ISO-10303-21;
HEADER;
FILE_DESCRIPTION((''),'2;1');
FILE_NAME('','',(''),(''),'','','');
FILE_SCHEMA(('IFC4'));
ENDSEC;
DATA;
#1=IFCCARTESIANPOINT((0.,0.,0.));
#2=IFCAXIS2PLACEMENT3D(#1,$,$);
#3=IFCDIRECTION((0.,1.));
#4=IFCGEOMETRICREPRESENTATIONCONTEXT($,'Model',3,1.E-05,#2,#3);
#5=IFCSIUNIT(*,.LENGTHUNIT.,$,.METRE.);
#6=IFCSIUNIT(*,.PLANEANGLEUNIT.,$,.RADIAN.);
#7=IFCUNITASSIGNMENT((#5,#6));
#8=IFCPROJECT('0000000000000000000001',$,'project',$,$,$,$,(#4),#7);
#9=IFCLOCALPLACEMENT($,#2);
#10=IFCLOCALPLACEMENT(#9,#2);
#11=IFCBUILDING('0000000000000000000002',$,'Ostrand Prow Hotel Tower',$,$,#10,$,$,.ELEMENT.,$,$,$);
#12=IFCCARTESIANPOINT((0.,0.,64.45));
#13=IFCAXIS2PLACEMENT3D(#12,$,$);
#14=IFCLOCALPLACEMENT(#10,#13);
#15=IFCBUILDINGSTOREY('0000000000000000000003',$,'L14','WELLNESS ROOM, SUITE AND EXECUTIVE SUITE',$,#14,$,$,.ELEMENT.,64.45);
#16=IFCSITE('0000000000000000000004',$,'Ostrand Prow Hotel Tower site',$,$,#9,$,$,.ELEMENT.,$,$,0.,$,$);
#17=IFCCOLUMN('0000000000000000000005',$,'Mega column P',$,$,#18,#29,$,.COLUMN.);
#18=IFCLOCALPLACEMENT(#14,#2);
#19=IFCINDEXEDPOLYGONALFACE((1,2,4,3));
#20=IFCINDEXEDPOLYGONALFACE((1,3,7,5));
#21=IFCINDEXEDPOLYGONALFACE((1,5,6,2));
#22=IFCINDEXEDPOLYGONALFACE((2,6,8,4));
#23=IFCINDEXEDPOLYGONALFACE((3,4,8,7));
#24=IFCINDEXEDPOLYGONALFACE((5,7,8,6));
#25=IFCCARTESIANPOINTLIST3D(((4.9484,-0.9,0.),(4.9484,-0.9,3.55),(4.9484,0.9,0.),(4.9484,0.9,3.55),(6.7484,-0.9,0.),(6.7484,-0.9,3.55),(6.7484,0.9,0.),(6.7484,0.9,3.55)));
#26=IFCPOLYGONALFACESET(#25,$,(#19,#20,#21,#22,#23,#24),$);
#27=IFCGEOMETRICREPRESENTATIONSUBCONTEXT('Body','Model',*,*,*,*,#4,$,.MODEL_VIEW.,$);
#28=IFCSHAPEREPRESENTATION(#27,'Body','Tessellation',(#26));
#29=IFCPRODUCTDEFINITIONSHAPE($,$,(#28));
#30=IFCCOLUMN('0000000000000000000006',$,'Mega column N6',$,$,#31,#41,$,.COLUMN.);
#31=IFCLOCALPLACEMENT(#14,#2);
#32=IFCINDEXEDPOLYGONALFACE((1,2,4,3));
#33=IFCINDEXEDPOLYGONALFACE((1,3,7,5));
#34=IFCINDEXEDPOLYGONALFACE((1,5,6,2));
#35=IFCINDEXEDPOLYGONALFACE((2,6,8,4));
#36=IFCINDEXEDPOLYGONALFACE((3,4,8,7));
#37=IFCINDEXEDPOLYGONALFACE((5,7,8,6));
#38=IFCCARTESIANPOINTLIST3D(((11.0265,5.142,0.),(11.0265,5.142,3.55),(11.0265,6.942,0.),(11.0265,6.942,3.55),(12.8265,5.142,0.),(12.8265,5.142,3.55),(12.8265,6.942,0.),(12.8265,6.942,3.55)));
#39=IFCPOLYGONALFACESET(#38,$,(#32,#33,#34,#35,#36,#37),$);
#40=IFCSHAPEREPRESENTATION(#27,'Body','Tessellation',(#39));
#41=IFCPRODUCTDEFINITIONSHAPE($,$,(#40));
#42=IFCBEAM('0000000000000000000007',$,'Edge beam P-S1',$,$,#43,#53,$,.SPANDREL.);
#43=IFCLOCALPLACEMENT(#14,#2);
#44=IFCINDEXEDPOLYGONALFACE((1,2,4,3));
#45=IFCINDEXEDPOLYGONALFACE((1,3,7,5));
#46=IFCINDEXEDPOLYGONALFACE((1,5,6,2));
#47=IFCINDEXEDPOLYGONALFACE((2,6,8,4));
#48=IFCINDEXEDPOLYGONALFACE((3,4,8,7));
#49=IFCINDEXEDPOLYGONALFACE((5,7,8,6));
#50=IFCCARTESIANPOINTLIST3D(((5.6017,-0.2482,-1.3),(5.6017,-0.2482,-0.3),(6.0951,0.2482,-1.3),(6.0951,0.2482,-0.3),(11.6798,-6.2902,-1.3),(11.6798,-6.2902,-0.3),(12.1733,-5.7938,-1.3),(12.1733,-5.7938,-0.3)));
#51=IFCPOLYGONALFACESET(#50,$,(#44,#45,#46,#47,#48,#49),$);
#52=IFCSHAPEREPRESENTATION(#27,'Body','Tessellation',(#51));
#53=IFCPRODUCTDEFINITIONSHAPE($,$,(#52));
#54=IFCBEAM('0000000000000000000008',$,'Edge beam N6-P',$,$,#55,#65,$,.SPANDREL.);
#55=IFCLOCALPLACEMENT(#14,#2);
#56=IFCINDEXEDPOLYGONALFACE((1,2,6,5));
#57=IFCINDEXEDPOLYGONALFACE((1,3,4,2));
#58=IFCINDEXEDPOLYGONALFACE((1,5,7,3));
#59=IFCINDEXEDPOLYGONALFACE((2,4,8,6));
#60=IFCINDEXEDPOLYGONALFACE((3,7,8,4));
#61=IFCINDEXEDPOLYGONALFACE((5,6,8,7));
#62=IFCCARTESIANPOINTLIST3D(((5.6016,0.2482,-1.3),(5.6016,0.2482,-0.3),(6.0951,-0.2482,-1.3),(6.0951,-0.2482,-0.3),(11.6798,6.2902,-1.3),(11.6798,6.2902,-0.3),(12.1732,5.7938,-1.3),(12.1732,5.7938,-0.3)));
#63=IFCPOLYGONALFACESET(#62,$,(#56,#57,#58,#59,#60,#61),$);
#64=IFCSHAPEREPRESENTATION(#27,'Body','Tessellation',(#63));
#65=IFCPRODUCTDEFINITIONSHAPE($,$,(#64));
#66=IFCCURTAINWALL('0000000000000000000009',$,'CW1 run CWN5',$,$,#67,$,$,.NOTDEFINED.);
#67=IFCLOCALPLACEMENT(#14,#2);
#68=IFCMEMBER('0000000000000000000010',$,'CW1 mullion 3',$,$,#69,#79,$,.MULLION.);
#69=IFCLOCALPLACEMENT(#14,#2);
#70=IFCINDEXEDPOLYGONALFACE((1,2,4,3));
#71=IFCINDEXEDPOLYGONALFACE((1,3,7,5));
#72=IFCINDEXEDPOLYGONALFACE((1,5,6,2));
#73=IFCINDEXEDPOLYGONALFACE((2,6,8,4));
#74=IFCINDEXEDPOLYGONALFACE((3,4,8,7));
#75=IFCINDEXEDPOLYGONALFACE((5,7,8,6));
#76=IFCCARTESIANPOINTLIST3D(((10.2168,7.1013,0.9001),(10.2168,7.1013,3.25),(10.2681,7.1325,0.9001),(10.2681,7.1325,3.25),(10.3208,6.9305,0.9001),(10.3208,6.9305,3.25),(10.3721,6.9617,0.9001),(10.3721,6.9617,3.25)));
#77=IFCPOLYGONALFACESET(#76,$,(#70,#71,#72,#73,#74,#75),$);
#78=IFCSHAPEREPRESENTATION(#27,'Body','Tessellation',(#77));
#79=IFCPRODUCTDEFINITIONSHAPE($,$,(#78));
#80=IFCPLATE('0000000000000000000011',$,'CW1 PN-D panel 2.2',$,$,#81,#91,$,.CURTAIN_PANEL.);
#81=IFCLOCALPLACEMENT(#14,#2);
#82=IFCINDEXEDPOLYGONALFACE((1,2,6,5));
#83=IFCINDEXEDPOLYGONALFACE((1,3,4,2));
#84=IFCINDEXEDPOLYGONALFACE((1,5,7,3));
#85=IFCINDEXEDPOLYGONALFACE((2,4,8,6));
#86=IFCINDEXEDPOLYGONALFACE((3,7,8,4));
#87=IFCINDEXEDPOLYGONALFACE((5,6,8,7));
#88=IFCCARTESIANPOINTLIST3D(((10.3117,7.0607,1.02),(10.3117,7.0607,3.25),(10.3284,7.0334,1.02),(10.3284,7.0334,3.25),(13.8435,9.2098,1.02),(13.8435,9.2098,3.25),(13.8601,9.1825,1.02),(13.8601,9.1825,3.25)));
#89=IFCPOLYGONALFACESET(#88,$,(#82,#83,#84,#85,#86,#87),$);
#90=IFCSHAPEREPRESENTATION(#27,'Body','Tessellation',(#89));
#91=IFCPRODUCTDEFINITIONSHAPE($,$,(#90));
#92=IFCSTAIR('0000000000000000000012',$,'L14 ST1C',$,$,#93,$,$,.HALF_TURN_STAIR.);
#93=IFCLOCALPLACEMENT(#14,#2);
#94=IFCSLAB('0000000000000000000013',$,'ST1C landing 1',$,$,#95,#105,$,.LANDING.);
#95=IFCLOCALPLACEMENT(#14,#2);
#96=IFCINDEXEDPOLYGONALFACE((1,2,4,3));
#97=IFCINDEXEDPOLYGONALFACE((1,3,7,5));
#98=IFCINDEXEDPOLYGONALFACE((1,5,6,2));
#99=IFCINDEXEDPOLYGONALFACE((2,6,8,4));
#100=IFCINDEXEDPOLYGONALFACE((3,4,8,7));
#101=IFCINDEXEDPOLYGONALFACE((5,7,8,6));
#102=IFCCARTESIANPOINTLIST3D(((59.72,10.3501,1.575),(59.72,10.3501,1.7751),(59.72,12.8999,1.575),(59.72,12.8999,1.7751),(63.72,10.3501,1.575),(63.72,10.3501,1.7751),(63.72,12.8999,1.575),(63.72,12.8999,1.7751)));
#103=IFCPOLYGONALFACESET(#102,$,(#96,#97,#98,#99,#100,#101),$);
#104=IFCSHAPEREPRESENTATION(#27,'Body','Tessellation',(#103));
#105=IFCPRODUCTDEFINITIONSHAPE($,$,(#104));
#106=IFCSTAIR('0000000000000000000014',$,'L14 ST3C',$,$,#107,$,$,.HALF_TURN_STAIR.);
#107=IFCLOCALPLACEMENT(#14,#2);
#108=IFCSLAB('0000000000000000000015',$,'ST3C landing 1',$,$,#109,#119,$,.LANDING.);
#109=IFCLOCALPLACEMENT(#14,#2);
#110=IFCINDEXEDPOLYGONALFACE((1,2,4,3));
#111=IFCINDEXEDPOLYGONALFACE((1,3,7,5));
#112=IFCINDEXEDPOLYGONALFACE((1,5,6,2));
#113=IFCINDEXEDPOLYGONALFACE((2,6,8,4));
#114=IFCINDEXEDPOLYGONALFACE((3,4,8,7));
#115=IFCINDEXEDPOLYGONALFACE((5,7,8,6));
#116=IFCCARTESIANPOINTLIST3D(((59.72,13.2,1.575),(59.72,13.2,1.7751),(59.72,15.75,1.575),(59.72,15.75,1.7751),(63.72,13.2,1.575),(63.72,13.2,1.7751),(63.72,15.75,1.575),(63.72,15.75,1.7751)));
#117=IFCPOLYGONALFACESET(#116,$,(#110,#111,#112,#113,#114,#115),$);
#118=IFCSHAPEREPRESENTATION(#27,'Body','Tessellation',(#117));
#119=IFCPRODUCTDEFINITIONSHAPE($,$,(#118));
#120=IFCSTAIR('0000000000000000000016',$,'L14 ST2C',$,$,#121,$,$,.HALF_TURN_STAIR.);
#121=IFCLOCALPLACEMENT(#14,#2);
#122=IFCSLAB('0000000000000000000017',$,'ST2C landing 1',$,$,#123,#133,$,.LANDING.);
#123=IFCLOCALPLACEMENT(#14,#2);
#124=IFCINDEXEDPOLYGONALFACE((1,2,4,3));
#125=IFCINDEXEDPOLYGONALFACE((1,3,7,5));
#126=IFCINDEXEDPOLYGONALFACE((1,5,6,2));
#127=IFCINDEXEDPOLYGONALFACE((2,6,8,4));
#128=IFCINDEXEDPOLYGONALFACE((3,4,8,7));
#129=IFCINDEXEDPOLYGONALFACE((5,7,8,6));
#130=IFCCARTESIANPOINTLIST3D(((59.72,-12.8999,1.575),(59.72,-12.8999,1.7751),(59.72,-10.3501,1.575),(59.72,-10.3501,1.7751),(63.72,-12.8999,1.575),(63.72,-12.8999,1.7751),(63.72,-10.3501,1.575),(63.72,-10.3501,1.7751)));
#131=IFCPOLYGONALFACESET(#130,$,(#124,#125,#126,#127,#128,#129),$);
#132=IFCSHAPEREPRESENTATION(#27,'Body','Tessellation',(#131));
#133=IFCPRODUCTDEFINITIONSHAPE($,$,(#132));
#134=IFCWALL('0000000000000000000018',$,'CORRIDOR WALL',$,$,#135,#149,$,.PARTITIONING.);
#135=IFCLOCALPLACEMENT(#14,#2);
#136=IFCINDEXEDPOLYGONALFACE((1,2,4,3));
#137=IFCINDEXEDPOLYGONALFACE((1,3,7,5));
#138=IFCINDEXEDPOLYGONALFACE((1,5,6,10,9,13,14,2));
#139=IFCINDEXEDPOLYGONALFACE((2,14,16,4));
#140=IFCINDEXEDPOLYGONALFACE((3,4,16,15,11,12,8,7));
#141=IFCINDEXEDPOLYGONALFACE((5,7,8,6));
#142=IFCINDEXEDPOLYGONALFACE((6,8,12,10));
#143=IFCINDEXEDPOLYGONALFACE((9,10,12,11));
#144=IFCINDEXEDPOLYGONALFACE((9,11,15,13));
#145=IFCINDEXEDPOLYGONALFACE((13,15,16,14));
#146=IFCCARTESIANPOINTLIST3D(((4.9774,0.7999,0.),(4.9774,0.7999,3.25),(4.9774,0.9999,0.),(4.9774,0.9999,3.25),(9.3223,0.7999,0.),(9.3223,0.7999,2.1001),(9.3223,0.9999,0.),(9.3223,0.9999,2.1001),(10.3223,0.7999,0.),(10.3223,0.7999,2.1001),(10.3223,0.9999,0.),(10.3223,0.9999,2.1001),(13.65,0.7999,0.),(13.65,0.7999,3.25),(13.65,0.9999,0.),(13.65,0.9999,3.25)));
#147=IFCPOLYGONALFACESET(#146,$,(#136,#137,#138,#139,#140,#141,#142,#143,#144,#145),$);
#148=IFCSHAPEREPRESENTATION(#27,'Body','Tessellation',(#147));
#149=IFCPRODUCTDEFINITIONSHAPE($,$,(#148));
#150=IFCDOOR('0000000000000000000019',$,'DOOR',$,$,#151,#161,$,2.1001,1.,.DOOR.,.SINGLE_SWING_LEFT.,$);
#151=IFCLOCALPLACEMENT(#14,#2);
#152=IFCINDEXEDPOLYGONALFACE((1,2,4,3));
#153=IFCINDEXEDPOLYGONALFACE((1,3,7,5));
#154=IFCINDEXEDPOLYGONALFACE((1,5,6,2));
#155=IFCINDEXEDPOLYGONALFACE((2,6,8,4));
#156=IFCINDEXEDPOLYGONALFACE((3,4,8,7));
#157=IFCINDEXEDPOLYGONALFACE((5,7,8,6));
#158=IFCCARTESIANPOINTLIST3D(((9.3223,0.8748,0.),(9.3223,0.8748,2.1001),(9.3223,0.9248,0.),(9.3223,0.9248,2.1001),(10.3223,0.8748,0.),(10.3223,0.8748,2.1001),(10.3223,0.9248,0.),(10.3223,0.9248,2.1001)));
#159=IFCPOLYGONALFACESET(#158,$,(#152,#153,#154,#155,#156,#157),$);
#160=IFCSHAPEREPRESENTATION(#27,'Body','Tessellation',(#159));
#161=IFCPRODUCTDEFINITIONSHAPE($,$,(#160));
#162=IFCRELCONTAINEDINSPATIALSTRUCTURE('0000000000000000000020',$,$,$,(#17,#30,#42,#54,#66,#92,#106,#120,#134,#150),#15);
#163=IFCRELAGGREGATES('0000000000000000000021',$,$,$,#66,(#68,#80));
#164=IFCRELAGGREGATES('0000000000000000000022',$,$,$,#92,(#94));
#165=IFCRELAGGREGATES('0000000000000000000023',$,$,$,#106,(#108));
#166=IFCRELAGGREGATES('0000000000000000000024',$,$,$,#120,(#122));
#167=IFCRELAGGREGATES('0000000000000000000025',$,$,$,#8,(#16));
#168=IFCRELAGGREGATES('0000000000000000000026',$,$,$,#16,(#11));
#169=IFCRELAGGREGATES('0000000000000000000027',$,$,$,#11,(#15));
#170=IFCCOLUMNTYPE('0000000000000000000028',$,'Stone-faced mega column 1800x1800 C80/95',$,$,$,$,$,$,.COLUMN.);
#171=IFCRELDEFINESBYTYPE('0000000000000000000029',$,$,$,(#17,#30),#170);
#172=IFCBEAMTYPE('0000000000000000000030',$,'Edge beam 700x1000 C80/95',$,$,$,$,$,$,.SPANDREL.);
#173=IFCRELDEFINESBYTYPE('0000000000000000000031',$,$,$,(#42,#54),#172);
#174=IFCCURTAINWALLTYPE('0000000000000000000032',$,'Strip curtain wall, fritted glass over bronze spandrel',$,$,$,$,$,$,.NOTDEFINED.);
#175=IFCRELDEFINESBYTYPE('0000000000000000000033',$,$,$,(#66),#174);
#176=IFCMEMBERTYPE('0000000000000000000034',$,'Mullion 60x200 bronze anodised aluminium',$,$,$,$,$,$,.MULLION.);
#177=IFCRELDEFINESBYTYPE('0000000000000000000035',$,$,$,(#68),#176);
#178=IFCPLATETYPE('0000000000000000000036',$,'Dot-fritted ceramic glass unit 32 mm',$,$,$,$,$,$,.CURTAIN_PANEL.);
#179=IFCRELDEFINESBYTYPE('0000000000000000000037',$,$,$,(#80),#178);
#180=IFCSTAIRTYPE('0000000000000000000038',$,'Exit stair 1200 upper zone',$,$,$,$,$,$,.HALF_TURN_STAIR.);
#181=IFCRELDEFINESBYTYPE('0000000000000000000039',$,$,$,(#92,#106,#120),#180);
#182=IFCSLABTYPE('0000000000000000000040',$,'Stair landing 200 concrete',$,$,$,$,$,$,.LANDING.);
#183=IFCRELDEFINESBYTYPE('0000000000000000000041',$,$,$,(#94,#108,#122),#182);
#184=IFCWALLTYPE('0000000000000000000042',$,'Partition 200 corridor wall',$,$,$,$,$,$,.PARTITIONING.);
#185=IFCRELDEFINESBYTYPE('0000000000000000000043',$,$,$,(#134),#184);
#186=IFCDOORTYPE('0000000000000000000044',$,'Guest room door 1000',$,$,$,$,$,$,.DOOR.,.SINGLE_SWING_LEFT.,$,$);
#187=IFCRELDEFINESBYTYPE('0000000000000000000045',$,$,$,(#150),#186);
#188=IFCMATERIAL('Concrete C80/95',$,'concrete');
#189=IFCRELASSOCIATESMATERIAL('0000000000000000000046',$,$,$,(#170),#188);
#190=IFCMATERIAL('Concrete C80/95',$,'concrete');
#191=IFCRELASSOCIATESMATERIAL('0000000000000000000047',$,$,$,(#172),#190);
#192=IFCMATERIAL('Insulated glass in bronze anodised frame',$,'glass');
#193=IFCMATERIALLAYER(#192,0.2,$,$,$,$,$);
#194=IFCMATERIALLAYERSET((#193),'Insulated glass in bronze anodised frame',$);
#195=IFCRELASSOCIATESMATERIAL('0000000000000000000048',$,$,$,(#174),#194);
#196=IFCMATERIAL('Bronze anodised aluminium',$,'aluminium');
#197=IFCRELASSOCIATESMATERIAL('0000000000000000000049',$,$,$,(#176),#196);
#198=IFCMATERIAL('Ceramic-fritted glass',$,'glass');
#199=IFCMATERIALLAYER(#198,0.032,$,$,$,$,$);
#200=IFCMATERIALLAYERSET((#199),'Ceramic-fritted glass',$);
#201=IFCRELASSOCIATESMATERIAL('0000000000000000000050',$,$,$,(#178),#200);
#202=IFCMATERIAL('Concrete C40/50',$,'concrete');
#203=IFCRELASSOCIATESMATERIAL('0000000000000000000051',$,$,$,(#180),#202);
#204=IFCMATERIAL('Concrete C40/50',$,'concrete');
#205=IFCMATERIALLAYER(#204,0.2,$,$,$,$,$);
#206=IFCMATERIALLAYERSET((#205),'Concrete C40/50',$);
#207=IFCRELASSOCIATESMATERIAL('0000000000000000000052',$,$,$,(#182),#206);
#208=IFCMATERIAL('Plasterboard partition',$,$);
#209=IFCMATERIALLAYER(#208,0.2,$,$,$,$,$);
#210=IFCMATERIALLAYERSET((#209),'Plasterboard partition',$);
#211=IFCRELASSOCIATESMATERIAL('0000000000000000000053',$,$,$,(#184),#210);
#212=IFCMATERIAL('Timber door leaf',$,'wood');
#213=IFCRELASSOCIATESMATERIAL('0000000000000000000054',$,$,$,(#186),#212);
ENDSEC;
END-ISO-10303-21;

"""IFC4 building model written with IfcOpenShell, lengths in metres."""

from ifc_helpers import new_model, si_unit, direction, frame, frame_2d, origin, origin_2d, place, context, subcontext, project, spatial, polyline, rectangle, outline, extrude, material, layer, layer_set, material_profile, profile_set, type_object, element, fill, aggregate, save


model = new_model("IFC4")

# Units and contexts
model_context = context("Model", 3, precision=1e-05, world=origin(), true_north=direction((0.0, 1.0)))
body_context = subcontext(model_context, "Body", "Model", "MODEL_VIEW")
ifc_project = project(units=[si_unit("LENGTHUNIT", "METRE"), si_unit("PLANEANGLEUNIT", "RADIAN")], contexts=[model_context])

# Site, building, storey
site_placement = place(None, origin())
site = spatial("IfcSite", under=ifc_project, at=site_placement, Name="Ostrand Prow Hotel Tower site", CompositionType="ELEMENT", RefElevation=0.0)
building_placement = place(site_placement, origin())
building = spatial("IfcBuilding", under=site, at=building_placement, Name="Ostrand Prow Hotel Tower", CompositionType="ELEMENT")
storey_placement = place(building_placement, frame((0.0, 0.0, 64.45)))
storey = spatial("IfcBuildingStorey", under=building, at=storey_placement, Name="L14", Description="WELLNESS ROOM, SUITE AND EXECUTIVE SUITE", CompositionType="ELEMENT", Elevation=64.45)

# Columns
ifc_material_1 = material(Name="Concrete C80/95", Category="concrete")
ifc_material_profile_1 = material_profile(ifc_material_1, rectangle(XDim=1.8, YDim=1.8, at=origin_2d()), Name="RC 1800x1800")
ifc_profile_set_1 = profile_set([ifc_material_profile_1], Name="Concrete C80/95")
column_type = type_object("IfcColumnType", Name="Stone-faced mega column 1800x1800 C80/95", PredefinedType="COLUMN", material=ifc_profile_set_1)
for number, where, z_axis, x_axis, name in (
    (1, (5.8484, 0.0, 0.0), (0.0, 0.0, 1.0), (1.0, 0.0, 0.0), "Mega column P"),
    (2, (11.9265, 6.042, 0.0), (0.0, 0.0, 1.0), (1.0, 0.0, 0.0), "Mega column N6"),
):
    element("IfcColumn", number, at=place(storey_placement, frame(where, z_axis=z_axis, x_axis=x_axis)), inside=storey, type_object=column_type, Name=name, PredefinedType="COLUMN", context=body_context, shape_type="SweptSolid", body=[
        extrude(rectangle(XDim=1.8, YDim=1.8, at=origin_2d()), origin(), (0.0, 0.0, 1.0), 3.55),
    ])

# Beams
ifc_material_2 = material(Name="Concrete C80/95", Category="concrete")
ifc_material_profile_2 = material_profile(ifc_material_2, rectangle(XDim=0.7, YDim=1.0, at=origin_2d()), Name="RC 700x1000")
ifc_profile_set_2 = profile_set([ifc_material_profile_2], Name="Concrete C80/95")
beam_type = type_object("IfcBeamType", Name="Edge beam 700x1000 C80/95", PredefinedType="SPANDREL", material=ifc_profile_set_2)
for number, where, z_axis, x_axis, name in (
    (3, (5.8484, 0.0, -0.8), (0.709212, -0.704996, 0.0), (0.704996, 0.709212, 0.0), "Edge beam P-S1"),
    (4, (11.9265, 6.042, -0.8), (-0.709212, -0.704996, 0.0), (0.704996, -0.709212, 0.0), "Edge beam N6-P"),
):
    element("IfcBeam", number, at=place(storey_placement, frame(where, z_axis=z_axis, x_axis=x_axis)), inside=storey, type_object=beam_type, Name=name, PredefinedType="SPANDREL", context=body_context, shape_type="SweptSolid", body=[
        extrude(rectangle(XDim=0.7, YDim=1.0, at=origin_2d()), origin(), (0.0, 0.0, 1.0), 8.5703),
    ])

# Curtain wall, member, plate
ifc_material_3 = material(Name="Insulated glass in bronze anodised frame", Category="glass")
ifc_layer_1 = layer(ifc_material_3, 0.2)
ifc_layer_set_1 = layer_set([ifc_layer_1], Name="Insulated glass in bronze anodised frame")
curtain_wall_type = type_object("IfcCurtainWallType", Name="Strip curtain wall, fritted glass over bronze spandrel", PredefinedType="NOTDEFINED", material=ifc_layer_set_1)
curtain_wall_placement = place(storey_placement, origin())
curtain_wall = element("IfcCurtainWall", 5, at=curtain_wall_placement, inside=storey, type_object=curtain_wall_type, Name="CW1 run CWN5", PredefinedType="NOTDEFINED")
ifc_material_4 = material(Name="Bronze anodised aluminium", Category="aluminium")
ifc_material_profile_3 = material_profile(ifc_material_4, rectangle(XDim=0.2, YDim=0.0601, at=origin_2d()), Name="Mullion 60x200 bronze anodised aluminium")
ifc_profile_set_3 = profile_set([ifc_material_profile_3], Name="Bronze anodised aluminium")
member_type = type_object("IfcMemberType", Name="Mullion 60x200 bronze anodised aluminium", PredefinedType="MULLION", material=ifc_profile_set_3)
member_placement = place(storey_placement, frame((10.2944, 7.0315, 0.9001), z_axis=(0.0, 0.0, 1.0), x_axis=(0.519831, -0.854269, 0.0)))
member = element("IfcMember", 6, at=member_placement, type_object=member_type, Name="CW1 mullion 3", PredefinedType="MULLION", context=body_context, shape_type="SweptSolid", body=[
    extrude(rectangle(XDim=0.2, YDim=0.0601, at=origin_2d()), origin(), (0.0, 0.0, 1.0), 2.3499),
])
ifc_material_5 = material(Name="Ceramic-fritted glass", Category="glass")
ifc_layer_2 = layer(ifc_material_5, 0.032)
ifc_layer_set_2 = layer_set([ifc_layer_2], Name="Ceramic-fritted glass")
plate_type = type_object("IfcPlateType", Name="Dot-fritted ceramic glass unit 32 mm", PredefinedType="CURTAIN_PANEL", material=ifc_layer_set_2)
plate_placement = place(storey_placement, frame((12.0859, 8.1216, 1.02), z_axis=(0.0, 0.0, 1.0), x_axis=(-0.854269, -0.519831, 0.0)))
plate = element("IfcPlate", 7, at=plate_placement, type_object=plate_type, Name="CW1 PN-D panel 2.2", PredefinedType="CURTAIN_PANEL", context=body_context, shape_type="SweptSolid", body=[
    extrude(rectangle(XDim=4.1343, YDim=0.032, at=origin_2d()), origin(), (0.0, 0.0, 1.0), 2.23),
])
aggregate(curtain_wall, [member, plate])

# Stairs, slabs
ifc_material_6 = material(Name="Concrete C40/50", Category="concrete")
stair_type = type_object("IfcStairType", Name="Exit stair 1200 upper zone", PredefinedType="HALF_TURN_STAIR", material=ifc_material_6)
stair_1_placement = place(storey_placement, origin())
stair_1 = element("IfcStair", 8, at=stair_1_placement, inside=storey, type_object=stair_type, Name="L14 ST1C", PredefinedType="HALF_TURN_STAIR")
ifc_material_7 = material(Name="Concrete C40/50", Category="concrete")
ifc_layer_3 = layer(ifc_material_7, 0.2)
ifc_layer_set_3 = layer_set([ifc_layer_3], Name="Concrete C40/50")
slab_type = type_object("IfcSlabType", Name="Stair landing 200 concrete", PredefinedType="LANDING", material=ifc_layer_set_3)
slab_1_placement = place(storey_placement, frame((0.0, 0.0, 1.575)))
slab_1 = element("IfcSlab", 9, at=slab_1_placement, type_object=slab_type, Name="ST1C landing 1", PredefinedType="LANDING", context=body_context, shape_type="SweptSolid", body=[
    extrude(outline(polyline([(59.72, 10.3501), (63.72, 10.3501), (63.72, 12.8999), (59.72, 12.8999), (59.72, 10.3501)])), origin(), (0.0, 0.0, 1.0), 0.2002),
])
aggregate(stair_1, [slab_1])
stair_2_placement = place(storey_placement, origin())
stair_2 = element("IfcStair", 10, at=stair_2_placement, inside=storey, type_object=stair_type, Name="L14 ST3C", PredefinedType="HALF_TURN_STAIR")
slab_2_placement = place(storey_placement, frame((0.0, 0.0, 1.575)))
slab_2 = element("IfcSlab", 11, at=slab_2_placement, type_object=slab_type, Name="ST3C landing 1", PredefinedType="LANDING", context=body_context, shape_type="SweptSolid", body=[
    extrude(outline(polyline([(59.72, 13.2), (63.72, 13.2), (63.72, 15.75), (59.72, 15.75), (59.72, 13.2)])), origin(), (0.0, 0.0, 1.0), 0.2002),
])
aggregate(stair_2, [slab_2])
stair_3_placement = place(storey_placement, origin())
stair_3 = element("IfcStair", 12, at=stair_3_placement, inside=storey, type_object=stair_type, Name="L14 ST2C", PredefinedType="HALF_TURN_STAIR")
slab_3_placement = place(storey_placement, frame((0.0, 0.0, 1.575)))
slab_3 = element("IfcSlab", 13, at=slab_3_placement, type_object=slab_type, Name="ST2C landing 1", PredefinedType="LANDING", context=body_context, shape_type="SweptSolid", body=[
    extrude(outline(polyline([(59.72, -12.8999), (63.72, -12.8999), (63.72, -10.3501), (59.72, -10.3501), (59.72, -12.8999)])), origin(), (0.0, 0.0, 1.0), 0.2002),
])
aggregate(stair_3, [slab_3])

# Wall, opening, door
ifc_material_8 = material(Name="Plasterboard partition")
ifc_layer_4 = layer(ifc_material_8, 0.2)
ifc_layer_set_4 = layer_set([ifc_layer_4], Name="Plasterboard partition")
wall_type_1 = type_object("IfcWallType", Name="Partition 200 corridor wall", PredefinedType="PARTITIONING", material=ifc_layer_set_4)
wall_1_placement = place(storey_placement, frame((4.9773, 0.8999, 0.0), z_axis=(0.0, 0.0, 1.0), x_axis=(1.0, 0.0, 0.0)))
wall_1 = element("IfcWall", 14, at=wall_1_placement, inside=storey, type_object=wall_type_1, Name="CORRIDOR WALL", PredefinedType="PARTITIONING", context=body_context, shape_type="SweptSolid", body=[
    extrude(rectangle(XDim=8.6726, YDim=0.2, at=frame_2d((4.3364, 0.0))), origin(), (0.0, 0.0, 1.0), 3.25),
])
opening_1_placement = place(wall_1_placement, frame((4.345, 0.0, 0.0)))
opening_1 = element("IfcOpeningElement", 15, at=opening_1_placement, cuts=wall_1, PredefinedType="OPENING", context=body_context, shape_type="SweptSolid", body=[
    extrude(rectangle(XDim=1.0, YDim=2.1001, at=frame_2d((0.5, 1.05))), frame((0.0, 0.1099, 0.0), z_axis=(0.0, -1.0, 0.0), x_axis=(1.0, 0.0, 0.0)), (0.0, 0.0, 1.0), 0.22),
])
ifc_material_9 = material(Name="Timber door leaf", Category="wood")
door_type = type_object("IfcDoorType", Name="Guest room door 1000", OperationType="SINGLE_SWING_LEFT", PredefinedType="DOOR", material=ifc_material_9)
door_placement = place(opening_1_placement, origin())
door = element("IfcDoor", 16, at=door_placement, inside=storey, type_object=door_type, Name="DOOR", OperationType="SINGLE_SWING_LEFT", OverallHeight=2.1001, OverallWidth=1.0, PredefinedType="DOOR", context=body_context, shape_type="SweptSolid", body=[
    extrude(rectangle(XDim=1.0, YDim=2.1001, at=frame_2d((0.5, 1.05))), frame((0.0, 0.0249, 0.0), z_axis=(0.0, -1.0, 0.0), x_axis=(1.0, 0.0, 0.0)), (0.0, 0.0, 1.0), 0.05),
])
fill(opening_1, door)

save(model, "model.ifc")
